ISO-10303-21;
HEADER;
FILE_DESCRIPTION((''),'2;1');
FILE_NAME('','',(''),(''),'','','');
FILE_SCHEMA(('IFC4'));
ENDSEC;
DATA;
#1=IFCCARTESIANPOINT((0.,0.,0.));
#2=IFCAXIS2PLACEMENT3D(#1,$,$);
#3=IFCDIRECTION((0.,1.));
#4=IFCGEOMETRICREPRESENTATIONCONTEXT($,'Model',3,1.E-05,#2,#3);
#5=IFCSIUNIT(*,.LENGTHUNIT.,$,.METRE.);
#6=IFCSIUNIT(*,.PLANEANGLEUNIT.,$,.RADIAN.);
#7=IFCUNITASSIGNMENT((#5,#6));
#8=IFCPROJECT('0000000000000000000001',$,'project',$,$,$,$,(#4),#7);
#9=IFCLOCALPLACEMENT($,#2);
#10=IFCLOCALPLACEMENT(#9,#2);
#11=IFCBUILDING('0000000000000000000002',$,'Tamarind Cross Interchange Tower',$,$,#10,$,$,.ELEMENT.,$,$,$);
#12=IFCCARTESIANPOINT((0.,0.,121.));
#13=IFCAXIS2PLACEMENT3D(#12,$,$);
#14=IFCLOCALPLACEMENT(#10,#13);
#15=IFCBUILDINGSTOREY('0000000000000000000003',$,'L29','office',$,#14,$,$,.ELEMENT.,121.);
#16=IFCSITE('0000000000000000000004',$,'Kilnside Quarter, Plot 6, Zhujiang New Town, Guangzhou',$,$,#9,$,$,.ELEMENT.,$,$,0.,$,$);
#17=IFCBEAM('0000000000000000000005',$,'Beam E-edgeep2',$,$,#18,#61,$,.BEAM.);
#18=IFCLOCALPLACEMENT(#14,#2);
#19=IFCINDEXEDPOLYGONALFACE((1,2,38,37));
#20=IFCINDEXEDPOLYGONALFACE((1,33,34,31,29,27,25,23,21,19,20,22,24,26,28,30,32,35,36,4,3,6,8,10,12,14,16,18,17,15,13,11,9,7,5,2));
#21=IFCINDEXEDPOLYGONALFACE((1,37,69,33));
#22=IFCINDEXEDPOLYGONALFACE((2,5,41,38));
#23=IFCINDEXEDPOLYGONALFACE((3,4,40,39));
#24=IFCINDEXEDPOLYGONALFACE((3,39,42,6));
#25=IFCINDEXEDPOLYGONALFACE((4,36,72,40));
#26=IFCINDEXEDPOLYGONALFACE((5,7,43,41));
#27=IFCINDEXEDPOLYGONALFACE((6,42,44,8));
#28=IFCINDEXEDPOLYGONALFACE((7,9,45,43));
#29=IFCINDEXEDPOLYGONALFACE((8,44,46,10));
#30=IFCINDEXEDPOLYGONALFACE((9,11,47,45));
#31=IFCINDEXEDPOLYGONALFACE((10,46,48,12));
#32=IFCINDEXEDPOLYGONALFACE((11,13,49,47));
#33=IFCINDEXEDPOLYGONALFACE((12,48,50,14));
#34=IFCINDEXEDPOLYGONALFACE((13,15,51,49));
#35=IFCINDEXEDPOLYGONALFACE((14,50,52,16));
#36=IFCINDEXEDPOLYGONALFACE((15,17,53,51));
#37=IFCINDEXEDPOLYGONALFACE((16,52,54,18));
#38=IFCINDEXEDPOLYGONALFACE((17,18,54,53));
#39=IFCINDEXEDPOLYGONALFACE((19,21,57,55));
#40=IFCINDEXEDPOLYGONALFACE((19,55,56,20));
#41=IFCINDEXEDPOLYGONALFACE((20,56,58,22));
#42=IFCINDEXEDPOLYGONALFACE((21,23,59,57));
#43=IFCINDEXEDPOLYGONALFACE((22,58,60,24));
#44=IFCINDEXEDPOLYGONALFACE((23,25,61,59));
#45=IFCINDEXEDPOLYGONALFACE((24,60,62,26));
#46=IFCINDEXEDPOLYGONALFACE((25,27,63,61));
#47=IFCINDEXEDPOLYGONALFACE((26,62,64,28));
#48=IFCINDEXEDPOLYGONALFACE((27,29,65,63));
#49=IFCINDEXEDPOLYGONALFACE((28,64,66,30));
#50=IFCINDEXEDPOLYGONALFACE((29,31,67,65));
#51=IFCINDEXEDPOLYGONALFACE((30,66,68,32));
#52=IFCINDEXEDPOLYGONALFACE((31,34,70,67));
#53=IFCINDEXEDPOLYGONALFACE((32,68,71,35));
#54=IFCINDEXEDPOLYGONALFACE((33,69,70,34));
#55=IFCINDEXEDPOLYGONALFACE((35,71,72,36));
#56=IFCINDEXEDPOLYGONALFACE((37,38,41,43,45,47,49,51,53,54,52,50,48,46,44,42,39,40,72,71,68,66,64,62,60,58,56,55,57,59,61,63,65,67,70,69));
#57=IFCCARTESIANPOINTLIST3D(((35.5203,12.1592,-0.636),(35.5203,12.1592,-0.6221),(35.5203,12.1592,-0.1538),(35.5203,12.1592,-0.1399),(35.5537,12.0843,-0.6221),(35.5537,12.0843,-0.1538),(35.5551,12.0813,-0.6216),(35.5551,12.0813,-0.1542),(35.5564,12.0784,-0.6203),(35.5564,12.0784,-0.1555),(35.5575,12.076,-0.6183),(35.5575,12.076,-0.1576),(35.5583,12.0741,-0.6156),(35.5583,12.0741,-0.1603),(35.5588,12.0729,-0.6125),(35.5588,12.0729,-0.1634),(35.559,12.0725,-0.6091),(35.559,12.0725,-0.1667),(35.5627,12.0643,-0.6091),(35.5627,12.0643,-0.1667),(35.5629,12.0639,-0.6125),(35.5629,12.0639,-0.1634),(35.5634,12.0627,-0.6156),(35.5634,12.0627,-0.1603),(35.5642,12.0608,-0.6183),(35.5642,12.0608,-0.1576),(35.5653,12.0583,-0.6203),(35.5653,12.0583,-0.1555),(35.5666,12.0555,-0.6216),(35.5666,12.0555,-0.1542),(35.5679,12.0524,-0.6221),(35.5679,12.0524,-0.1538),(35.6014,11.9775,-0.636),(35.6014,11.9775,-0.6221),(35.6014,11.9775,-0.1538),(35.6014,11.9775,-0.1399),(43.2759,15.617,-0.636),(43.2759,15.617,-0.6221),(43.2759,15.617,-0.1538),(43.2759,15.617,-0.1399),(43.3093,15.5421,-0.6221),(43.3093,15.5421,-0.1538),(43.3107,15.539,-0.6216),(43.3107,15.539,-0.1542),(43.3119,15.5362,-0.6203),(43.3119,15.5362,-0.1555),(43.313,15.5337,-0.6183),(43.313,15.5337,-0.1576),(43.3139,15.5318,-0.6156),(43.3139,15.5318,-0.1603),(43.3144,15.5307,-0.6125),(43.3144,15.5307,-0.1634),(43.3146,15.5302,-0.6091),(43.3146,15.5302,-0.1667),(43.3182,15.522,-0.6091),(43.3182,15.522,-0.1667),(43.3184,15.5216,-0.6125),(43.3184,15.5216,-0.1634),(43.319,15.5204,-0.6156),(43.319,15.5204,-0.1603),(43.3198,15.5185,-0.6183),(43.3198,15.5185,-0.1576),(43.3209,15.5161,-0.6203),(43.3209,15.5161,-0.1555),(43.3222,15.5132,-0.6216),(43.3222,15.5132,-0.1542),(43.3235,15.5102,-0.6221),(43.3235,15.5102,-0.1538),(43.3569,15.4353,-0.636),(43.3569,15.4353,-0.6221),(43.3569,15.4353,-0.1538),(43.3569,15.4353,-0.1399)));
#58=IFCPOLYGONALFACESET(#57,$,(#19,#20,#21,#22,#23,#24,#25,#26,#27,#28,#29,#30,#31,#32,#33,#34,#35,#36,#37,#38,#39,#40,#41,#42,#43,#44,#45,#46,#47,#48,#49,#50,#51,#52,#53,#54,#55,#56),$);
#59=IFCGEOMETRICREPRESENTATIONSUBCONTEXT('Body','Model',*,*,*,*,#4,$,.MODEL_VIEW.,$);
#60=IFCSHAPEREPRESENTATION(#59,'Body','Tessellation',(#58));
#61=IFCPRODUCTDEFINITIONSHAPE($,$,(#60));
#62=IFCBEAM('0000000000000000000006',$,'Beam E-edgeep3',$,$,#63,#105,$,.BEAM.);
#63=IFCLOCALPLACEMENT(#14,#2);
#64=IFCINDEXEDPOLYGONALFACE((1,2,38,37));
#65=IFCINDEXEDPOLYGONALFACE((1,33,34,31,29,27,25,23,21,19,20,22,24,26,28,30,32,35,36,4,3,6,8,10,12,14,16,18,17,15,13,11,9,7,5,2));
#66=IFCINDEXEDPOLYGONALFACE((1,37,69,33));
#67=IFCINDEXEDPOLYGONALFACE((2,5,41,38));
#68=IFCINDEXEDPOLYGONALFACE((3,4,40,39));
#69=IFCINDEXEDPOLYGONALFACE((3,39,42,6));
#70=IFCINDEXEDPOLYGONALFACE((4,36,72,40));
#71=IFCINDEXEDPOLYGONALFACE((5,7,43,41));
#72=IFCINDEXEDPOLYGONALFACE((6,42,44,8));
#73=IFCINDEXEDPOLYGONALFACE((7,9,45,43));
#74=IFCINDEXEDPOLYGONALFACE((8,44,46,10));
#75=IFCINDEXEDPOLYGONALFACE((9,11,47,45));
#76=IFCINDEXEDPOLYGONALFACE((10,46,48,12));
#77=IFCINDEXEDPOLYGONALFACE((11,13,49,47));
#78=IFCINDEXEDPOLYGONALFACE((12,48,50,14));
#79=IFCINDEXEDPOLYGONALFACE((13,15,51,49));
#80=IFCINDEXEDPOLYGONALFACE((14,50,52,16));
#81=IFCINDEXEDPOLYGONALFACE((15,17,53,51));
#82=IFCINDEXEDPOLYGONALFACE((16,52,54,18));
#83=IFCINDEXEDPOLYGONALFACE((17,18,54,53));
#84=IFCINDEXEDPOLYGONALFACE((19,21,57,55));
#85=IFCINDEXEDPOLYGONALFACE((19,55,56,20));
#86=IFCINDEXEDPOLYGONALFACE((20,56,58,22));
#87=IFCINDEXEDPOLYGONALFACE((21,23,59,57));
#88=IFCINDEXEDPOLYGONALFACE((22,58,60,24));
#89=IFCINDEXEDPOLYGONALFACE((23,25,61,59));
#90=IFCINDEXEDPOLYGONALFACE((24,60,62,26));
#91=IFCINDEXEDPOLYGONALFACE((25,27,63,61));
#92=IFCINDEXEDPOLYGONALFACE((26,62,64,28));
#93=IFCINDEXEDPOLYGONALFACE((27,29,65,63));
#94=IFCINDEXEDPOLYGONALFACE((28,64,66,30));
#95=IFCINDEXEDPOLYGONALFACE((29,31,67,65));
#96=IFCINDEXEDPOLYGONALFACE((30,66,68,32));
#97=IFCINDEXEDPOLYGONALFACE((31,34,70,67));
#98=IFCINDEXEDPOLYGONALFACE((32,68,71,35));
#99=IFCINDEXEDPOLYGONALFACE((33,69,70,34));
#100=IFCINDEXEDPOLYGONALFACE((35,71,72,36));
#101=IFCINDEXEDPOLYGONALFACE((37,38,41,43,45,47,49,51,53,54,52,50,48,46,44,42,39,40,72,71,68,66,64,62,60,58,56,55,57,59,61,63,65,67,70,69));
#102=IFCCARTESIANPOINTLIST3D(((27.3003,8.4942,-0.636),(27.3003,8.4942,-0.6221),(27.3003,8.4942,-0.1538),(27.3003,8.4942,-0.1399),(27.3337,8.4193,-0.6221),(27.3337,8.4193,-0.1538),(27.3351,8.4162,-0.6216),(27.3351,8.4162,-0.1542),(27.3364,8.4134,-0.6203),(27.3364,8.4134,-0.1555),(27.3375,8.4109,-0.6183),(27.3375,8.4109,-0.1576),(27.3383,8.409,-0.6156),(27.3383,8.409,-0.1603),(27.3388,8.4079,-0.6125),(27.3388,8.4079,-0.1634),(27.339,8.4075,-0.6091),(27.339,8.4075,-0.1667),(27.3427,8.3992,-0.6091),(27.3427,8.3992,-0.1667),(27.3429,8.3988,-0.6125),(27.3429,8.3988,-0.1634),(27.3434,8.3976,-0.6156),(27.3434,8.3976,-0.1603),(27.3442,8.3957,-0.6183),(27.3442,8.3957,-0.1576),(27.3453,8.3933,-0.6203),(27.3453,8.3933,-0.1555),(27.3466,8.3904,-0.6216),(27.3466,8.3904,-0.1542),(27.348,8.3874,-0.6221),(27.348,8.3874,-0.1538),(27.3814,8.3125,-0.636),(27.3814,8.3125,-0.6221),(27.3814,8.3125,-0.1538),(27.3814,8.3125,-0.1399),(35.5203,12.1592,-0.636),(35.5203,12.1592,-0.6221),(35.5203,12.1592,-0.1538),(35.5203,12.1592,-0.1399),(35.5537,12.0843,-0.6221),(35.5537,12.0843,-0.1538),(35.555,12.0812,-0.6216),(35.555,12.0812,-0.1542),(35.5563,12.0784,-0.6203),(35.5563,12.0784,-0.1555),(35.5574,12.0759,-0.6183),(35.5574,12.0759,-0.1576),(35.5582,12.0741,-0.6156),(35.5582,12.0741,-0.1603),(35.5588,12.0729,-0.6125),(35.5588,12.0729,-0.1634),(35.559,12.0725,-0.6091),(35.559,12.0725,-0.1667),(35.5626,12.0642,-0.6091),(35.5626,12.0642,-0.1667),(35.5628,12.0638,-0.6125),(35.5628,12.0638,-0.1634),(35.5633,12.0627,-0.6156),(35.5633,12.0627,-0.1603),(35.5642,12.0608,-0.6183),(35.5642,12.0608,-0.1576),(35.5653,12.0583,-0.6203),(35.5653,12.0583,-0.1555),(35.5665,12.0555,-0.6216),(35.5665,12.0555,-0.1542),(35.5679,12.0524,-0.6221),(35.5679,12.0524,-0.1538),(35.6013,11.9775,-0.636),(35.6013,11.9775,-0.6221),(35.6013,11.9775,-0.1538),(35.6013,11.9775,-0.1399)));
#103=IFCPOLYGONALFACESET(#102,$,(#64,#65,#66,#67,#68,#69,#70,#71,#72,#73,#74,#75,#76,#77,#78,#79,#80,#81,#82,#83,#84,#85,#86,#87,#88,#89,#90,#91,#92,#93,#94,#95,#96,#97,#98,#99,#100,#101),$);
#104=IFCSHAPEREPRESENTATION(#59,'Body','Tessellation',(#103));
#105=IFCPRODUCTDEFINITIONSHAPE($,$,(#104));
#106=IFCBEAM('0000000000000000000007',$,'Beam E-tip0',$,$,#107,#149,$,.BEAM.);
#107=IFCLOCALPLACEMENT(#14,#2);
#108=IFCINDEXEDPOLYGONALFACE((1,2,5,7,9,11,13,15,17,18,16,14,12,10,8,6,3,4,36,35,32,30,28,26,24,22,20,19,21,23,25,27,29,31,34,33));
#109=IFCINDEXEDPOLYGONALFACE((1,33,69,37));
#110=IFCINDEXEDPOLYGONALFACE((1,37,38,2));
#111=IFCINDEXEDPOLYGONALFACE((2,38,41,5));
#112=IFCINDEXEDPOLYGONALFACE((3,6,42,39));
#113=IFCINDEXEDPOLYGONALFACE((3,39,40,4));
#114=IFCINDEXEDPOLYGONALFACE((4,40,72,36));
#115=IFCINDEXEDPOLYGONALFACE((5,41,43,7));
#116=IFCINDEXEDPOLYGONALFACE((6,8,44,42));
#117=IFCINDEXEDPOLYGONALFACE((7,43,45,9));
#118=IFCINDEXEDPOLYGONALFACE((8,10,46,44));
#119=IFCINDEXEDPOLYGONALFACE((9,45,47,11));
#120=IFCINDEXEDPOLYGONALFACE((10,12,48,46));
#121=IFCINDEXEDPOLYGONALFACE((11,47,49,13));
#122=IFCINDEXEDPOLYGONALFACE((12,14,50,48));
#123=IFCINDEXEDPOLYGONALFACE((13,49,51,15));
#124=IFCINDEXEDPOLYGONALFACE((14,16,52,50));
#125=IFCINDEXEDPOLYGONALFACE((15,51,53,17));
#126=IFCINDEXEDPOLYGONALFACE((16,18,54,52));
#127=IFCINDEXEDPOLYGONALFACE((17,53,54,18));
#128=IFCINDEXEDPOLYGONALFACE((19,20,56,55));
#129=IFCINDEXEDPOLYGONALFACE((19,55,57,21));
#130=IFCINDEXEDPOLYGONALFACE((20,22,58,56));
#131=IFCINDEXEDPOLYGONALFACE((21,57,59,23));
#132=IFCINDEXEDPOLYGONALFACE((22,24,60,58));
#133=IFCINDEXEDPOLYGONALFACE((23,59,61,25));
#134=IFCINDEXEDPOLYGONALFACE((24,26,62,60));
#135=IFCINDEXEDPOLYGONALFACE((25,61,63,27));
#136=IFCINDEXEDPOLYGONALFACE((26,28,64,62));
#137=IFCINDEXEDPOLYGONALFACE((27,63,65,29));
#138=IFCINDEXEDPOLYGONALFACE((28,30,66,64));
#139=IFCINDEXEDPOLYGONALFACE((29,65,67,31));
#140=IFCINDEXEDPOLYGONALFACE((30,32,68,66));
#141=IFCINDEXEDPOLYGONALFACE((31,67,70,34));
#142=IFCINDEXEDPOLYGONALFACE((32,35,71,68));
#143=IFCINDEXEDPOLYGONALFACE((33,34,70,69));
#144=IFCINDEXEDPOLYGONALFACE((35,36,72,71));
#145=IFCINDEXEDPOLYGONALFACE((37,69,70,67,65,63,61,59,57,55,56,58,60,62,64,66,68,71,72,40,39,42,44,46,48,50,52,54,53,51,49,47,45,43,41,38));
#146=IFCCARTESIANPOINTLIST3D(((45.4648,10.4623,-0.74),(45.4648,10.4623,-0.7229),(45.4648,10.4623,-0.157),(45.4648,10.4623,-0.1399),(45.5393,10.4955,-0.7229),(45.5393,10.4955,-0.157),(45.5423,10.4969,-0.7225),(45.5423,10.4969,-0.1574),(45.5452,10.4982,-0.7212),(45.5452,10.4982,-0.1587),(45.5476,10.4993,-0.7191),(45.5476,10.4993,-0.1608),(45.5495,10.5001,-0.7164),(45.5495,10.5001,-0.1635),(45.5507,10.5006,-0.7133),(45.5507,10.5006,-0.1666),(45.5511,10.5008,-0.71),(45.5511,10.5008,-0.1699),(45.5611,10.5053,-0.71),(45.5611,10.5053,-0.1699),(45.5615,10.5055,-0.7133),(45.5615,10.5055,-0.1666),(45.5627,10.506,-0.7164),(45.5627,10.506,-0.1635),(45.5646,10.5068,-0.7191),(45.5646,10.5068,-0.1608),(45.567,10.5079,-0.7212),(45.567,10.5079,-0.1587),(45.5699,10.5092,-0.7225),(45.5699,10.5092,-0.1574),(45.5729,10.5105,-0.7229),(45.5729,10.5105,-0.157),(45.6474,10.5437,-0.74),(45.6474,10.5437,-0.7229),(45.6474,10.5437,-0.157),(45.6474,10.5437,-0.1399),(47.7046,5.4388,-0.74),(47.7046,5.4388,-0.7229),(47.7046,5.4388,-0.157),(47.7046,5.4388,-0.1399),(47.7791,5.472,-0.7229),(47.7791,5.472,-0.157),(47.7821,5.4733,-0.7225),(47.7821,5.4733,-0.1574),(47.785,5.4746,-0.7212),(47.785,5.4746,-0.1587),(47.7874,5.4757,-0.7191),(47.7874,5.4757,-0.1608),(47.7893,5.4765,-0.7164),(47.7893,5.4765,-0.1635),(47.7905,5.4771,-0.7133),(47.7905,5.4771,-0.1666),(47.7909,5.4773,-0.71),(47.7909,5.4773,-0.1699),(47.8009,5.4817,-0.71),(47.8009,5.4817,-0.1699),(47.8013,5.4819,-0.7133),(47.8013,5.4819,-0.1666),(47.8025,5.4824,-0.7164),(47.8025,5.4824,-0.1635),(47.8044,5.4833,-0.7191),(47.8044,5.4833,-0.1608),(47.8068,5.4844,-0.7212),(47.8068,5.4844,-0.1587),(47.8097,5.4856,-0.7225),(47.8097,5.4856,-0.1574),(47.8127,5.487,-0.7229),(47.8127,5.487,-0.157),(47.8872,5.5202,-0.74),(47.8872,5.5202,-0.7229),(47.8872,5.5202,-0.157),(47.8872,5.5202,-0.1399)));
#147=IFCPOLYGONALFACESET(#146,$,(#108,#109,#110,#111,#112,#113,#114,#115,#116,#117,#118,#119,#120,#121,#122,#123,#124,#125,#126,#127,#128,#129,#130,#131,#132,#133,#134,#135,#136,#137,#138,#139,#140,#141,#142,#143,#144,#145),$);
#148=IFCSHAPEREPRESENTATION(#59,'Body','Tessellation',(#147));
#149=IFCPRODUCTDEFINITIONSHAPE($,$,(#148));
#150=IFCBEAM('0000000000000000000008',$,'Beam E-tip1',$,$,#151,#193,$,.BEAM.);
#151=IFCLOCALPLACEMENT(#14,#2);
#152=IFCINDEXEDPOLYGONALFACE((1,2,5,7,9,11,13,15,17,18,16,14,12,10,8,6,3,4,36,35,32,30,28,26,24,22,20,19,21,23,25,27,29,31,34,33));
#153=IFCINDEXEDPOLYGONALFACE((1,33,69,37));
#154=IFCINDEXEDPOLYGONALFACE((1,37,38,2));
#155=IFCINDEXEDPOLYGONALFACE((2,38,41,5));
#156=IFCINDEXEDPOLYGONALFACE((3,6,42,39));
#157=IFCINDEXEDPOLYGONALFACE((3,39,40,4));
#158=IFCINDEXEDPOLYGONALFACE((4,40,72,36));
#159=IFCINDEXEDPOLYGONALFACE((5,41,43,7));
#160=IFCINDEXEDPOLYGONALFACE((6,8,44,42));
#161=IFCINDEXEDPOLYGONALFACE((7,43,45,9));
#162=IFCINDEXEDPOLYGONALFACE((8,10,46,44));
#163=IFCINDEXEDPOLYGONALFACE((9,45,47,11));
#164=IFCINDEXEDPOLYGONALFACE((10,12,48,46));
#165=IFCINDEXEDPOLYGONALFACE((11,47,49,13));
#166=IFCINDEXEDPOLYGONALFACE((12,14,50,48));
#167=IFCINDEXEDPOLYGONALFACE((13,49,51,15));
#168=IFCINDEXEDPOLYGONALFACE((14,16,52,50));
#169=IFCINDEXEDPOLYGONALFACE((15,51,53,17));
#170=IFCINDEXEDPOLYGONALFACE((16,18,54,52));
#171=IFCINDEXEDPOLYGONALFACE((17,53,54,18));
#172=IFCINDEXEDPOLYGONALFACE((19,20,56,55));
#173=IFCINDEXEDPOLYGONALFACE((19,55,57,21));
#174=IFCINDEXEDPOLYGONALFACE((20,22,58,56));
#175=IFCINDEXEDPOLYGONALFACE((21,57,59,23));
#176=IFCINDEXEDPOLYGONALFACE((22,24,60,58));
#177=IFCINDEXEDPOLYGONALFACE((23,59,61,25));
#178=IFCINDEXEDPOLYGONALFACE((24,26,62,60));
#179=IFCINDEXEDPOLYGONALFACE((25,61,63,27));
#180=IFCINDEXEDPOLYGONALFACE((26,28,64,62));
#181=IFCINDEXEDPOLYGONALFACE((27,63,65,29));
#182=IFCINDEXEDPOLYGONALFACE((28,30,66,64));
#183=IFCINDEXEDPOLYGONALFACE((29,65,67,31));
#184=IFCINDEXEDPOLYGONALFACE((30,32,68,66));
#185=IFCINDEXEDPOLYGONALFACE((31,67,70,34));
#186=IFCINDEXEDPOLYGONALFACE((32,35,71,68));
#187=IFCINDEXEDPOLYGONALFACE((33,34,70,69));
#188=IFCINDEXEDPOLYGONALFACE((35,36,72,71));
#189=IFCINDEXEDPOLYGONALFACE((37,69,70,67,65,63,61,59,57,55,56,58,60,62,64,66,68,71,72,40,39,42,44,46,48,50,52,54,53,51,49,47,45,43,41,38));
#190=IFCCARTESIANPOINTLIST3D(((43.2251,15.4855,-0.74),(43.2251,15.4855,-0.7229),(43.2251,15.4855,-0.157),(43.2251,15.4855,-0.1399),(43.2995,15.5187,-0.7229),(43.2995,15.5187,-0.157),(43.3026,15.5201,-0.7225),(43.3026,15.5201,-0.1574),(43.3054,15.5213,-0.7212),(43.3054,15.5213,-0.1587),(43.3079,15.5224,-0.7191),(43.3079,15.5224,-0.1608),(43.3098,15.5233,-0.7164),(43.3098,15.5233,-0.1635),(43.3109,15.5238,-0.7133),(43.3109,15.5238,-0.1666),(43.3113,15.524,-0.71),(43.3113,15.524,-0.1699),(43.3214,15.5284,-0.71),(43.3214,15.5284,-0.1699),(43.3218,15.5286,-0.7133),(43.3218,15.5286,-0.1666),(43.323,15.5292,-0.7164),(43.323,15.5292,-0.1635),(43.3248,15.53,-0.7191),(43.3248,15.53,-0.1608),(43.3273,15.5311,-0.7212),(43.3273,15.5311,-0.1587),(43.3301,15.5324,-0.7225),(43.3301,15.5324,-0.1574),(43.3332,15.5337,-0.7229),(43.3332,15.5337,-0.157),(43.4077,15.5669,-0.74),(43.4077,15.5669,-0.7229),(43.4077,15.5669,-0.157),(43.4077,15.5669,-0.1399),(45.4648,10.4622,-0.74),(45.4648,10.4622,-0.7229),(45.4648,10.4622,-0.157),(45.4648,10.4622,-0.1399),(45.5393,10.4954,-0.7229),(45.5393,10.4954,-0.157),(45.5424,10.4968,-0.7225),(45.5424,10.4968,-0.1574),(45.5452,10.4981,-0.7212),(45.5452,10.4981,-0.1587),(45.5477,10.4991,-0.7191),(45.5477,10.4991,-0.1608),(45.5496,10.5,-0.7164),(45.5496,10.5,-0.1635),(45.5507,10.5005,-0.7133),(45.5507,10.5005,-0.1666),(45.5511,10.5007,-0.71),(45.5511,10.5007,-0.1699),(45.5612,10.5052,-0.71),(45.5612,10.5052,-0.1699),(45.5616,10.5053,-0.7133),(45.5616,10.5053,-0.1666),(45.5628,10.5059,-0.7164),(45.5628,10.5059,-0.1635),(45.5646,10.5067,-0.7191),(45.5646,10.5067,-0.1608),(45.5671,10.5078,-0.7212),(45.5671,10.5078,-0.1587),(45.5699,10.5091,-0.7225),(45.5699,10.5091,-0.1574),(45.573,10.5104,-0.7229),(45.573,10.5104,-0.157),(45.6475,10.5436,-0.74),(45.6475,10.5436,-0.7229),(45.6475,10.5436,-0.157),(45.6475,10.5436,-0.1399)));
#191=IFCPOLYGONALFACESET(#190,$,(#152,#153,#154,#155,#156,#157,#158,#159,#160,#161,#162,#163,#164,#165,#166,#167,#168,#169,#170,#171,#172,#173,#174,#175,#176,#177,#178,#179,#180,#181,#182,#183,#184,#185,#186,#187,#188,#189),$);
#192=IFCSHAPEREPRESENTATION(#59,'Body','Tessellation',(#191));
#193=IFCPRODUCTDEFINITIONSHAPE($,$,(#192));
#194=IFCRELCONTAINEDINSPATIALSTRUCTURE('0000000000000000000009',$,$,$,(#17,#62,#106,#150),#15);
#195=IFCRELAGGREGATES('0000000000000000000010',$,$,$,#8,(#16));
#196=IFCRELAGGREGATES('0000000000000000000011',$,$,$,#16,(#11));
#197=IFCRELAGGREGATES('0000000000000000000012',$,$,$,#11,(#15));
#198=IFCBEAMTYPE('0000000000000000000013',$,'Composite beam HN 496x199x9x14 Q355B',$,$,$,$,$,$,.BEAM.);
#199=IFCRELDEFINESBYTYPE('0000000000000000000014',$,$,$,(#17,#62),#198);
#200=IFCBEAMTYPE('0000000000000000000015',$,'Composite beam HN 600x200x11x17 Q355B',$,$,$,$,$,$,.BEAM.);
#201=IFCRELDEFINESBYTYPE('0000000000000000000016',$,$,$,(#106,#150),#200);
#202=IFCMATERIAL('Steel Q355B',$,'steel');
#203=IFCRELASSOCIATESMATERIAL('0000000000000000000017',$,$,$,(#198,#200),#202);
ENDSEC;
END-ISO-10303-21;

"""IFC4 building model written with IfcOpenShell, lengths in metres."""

from ifc_helpers import new_model, si_unit, direction, frame, origin, origin_2d, place, context, subcontext, project, spatial, i_section, extrude, material, material_profile, profile_set, type_object, element, save


model = new_model("IFC4")

# Units and contexts
model_context = context("Model", 3, precision=1e-05, world=origin(), true_north=direction((0.0, 1.0)))
body_context = subcontext(model_context, "Body", "Model", "MODEL_VIEW")
ifc_project = project(units=[si_unit("LENGTHUNIT", "METRE"), si_unit("PLANEANGLEUNIT", "RADIAN")], contexts=[model_context])

# Site, building, storey
site_placement = place(None, origin())
site = spatial("IfcSite", under=ifc_project, at=site_placement, Name="Kilnside Quarter, Plot 6, Zhujiang New Town, Guangzhou", CompositionType="ELEMENT", RefElevation=0.0)
building_placement = place(site_placement, origin())
building = spatial("IfcBuilding", under=site, at=building_placement, Name="Tamarind Cross Interchange Tower", CompositionType="ELEMENT")
storey_placement = place(building_placement, frame((0.0, 0.0, 121.0)))
storey = spatial("IfcBuildingStorey", under=building, at=storey_placement, Name="L29", Description="office", CompositionType="ELEMENT", Elevation=121.0)

# Beams
ifc_material_1 = material(Name="Steel Q355B", Category="steel")
ifc_material_profile_1 = material_profile(ifc_material_1, i_section(OverallWidth=0.199, OverallDepth=0.4961, WebThickness=0.009, FlangeThickness=0.0139, FilletRadius=0.0129, at=origin_2d()), Name="HN 496x199x9x14")
ifc_profile_set_1 = profile_set([ifc_material_profile_1], Name="Steel Q355B")
beam_type_1 = type_object("IfcBeamType", Name="Composite beam HN 496x199x9x14 Q355B", PredefinedType="BEAM", material=ifc_profile_set_1)
beam_1_placement = place(storey_placement, frame((43.3164, 15.5261, -0.3879), z_axis=(-0.913338, -0.407203, 0.0), x_axis=(0.407203, -0.913338, 0.0)))
element("IfcBeam", 1, at=beam_1_placement, inside=storey, type_object=beam_type_1, Name="Beam E-edgeep2", PredefinedType="BEAM", context=body_context, shape_type="SweptSolid", body=[
    extrude(i_section(OverallWidth=0.199, OverallDepth=0.4961, WebThickness=0.009, FlangeThickness=0.0139, FilletRadius=0.0129, at=origin_2d()), origin(), (0.0, 0.0, 1.0), 8.4915),
])
beam_2_placement = place(storey_placement, frame((35.5608, 12.0684, -0.3879), z_axis=(-0.913328, -0.407225, 0.0), x_axis=(0.407225, -0.913328, 0.0)))
element("IfcBeam", 2, at=beam_2_placement, inside=storey, type_object=beam_type_1, Name="Beam E-edgeep3", PredefinedType="BEAM", context=body_context, shape_type="SweptSolid", body=[
    extrude(i_section(OverallWidth=0.199, OverallDepth=0.4961, WebThickness=0.009, FlangeThickness=0.0139, FilletRadius=0.0129, at=origin_2d()), origin(), (0.0, 0.0, 1.0), 9.0),
])
ifc_material_profile_2 = material_profile(ifc_material_1, i_section(OverallWidth=0.2, OverallDepth=0.6001, WebThickness=0.011, FlangeThickness=0.0171, FilletRadius=0.0129, at=origin_2d()), Name="HN 600x200x11x17")
ifc_profile_set_2 = profile_set([ifc_material_profile_2], Name="Steel Q355B")
beam_type_2 = type_object("IfcBeamType", Name="Composite beam HN 600x200x11x17 Q355B", PredefinedType="BEAM", material=ifc_profile_set_2)
beam_3_placement = place(storey_placement, frame((47.7959, 5.4795, -0.4399), z_axis=(-0.407217, 0.913331, 0.0), x_axis=(-0.913331, -0.407217, 0.0)))
element("IfcBeam", 3, at=beam_3_placement, inside=storey, type_object=beam_type_2, Name="Beam E-tip0", PredefinedType="BEAM", context=body_context, shape_type="SweptSolid", body=[
    extrude(i_section(OverallWidth=0.2, OverallDepth=0.6001, WebThickness=0.011, FlangeThickness=0.0171, FilletRadius=0.0129, at=origin_2d()), origin(), (0.0, 0.0, 1.0), 5.5002),
])
beam_4_placement = place(storey_placement, frame((45.5562, 10.5029, -0.4399), z_axis=(-0.407234, 0.913324, 0.0), x_axis=(-0.913324, -0.407234, 0.0)))
element("IfcBeam", 4, at=beam_4_placement, inside=storey, type_object=beam_type_2, Name="Beam E-tip1", PredefinedType="BEAM", context=body_context, shape_type="SweptSolid", body=[
    extrude(i_section(OverallWidth=0.2, OverallDepth=0.6001, WebThickness=0.011, FlangeThickness=0.0171, FilletRadius=0.0129, at=origin_2d()), origin(), (0.0, 0.0, 1.0), 5.5),
])

save(model, "model.ifc")
